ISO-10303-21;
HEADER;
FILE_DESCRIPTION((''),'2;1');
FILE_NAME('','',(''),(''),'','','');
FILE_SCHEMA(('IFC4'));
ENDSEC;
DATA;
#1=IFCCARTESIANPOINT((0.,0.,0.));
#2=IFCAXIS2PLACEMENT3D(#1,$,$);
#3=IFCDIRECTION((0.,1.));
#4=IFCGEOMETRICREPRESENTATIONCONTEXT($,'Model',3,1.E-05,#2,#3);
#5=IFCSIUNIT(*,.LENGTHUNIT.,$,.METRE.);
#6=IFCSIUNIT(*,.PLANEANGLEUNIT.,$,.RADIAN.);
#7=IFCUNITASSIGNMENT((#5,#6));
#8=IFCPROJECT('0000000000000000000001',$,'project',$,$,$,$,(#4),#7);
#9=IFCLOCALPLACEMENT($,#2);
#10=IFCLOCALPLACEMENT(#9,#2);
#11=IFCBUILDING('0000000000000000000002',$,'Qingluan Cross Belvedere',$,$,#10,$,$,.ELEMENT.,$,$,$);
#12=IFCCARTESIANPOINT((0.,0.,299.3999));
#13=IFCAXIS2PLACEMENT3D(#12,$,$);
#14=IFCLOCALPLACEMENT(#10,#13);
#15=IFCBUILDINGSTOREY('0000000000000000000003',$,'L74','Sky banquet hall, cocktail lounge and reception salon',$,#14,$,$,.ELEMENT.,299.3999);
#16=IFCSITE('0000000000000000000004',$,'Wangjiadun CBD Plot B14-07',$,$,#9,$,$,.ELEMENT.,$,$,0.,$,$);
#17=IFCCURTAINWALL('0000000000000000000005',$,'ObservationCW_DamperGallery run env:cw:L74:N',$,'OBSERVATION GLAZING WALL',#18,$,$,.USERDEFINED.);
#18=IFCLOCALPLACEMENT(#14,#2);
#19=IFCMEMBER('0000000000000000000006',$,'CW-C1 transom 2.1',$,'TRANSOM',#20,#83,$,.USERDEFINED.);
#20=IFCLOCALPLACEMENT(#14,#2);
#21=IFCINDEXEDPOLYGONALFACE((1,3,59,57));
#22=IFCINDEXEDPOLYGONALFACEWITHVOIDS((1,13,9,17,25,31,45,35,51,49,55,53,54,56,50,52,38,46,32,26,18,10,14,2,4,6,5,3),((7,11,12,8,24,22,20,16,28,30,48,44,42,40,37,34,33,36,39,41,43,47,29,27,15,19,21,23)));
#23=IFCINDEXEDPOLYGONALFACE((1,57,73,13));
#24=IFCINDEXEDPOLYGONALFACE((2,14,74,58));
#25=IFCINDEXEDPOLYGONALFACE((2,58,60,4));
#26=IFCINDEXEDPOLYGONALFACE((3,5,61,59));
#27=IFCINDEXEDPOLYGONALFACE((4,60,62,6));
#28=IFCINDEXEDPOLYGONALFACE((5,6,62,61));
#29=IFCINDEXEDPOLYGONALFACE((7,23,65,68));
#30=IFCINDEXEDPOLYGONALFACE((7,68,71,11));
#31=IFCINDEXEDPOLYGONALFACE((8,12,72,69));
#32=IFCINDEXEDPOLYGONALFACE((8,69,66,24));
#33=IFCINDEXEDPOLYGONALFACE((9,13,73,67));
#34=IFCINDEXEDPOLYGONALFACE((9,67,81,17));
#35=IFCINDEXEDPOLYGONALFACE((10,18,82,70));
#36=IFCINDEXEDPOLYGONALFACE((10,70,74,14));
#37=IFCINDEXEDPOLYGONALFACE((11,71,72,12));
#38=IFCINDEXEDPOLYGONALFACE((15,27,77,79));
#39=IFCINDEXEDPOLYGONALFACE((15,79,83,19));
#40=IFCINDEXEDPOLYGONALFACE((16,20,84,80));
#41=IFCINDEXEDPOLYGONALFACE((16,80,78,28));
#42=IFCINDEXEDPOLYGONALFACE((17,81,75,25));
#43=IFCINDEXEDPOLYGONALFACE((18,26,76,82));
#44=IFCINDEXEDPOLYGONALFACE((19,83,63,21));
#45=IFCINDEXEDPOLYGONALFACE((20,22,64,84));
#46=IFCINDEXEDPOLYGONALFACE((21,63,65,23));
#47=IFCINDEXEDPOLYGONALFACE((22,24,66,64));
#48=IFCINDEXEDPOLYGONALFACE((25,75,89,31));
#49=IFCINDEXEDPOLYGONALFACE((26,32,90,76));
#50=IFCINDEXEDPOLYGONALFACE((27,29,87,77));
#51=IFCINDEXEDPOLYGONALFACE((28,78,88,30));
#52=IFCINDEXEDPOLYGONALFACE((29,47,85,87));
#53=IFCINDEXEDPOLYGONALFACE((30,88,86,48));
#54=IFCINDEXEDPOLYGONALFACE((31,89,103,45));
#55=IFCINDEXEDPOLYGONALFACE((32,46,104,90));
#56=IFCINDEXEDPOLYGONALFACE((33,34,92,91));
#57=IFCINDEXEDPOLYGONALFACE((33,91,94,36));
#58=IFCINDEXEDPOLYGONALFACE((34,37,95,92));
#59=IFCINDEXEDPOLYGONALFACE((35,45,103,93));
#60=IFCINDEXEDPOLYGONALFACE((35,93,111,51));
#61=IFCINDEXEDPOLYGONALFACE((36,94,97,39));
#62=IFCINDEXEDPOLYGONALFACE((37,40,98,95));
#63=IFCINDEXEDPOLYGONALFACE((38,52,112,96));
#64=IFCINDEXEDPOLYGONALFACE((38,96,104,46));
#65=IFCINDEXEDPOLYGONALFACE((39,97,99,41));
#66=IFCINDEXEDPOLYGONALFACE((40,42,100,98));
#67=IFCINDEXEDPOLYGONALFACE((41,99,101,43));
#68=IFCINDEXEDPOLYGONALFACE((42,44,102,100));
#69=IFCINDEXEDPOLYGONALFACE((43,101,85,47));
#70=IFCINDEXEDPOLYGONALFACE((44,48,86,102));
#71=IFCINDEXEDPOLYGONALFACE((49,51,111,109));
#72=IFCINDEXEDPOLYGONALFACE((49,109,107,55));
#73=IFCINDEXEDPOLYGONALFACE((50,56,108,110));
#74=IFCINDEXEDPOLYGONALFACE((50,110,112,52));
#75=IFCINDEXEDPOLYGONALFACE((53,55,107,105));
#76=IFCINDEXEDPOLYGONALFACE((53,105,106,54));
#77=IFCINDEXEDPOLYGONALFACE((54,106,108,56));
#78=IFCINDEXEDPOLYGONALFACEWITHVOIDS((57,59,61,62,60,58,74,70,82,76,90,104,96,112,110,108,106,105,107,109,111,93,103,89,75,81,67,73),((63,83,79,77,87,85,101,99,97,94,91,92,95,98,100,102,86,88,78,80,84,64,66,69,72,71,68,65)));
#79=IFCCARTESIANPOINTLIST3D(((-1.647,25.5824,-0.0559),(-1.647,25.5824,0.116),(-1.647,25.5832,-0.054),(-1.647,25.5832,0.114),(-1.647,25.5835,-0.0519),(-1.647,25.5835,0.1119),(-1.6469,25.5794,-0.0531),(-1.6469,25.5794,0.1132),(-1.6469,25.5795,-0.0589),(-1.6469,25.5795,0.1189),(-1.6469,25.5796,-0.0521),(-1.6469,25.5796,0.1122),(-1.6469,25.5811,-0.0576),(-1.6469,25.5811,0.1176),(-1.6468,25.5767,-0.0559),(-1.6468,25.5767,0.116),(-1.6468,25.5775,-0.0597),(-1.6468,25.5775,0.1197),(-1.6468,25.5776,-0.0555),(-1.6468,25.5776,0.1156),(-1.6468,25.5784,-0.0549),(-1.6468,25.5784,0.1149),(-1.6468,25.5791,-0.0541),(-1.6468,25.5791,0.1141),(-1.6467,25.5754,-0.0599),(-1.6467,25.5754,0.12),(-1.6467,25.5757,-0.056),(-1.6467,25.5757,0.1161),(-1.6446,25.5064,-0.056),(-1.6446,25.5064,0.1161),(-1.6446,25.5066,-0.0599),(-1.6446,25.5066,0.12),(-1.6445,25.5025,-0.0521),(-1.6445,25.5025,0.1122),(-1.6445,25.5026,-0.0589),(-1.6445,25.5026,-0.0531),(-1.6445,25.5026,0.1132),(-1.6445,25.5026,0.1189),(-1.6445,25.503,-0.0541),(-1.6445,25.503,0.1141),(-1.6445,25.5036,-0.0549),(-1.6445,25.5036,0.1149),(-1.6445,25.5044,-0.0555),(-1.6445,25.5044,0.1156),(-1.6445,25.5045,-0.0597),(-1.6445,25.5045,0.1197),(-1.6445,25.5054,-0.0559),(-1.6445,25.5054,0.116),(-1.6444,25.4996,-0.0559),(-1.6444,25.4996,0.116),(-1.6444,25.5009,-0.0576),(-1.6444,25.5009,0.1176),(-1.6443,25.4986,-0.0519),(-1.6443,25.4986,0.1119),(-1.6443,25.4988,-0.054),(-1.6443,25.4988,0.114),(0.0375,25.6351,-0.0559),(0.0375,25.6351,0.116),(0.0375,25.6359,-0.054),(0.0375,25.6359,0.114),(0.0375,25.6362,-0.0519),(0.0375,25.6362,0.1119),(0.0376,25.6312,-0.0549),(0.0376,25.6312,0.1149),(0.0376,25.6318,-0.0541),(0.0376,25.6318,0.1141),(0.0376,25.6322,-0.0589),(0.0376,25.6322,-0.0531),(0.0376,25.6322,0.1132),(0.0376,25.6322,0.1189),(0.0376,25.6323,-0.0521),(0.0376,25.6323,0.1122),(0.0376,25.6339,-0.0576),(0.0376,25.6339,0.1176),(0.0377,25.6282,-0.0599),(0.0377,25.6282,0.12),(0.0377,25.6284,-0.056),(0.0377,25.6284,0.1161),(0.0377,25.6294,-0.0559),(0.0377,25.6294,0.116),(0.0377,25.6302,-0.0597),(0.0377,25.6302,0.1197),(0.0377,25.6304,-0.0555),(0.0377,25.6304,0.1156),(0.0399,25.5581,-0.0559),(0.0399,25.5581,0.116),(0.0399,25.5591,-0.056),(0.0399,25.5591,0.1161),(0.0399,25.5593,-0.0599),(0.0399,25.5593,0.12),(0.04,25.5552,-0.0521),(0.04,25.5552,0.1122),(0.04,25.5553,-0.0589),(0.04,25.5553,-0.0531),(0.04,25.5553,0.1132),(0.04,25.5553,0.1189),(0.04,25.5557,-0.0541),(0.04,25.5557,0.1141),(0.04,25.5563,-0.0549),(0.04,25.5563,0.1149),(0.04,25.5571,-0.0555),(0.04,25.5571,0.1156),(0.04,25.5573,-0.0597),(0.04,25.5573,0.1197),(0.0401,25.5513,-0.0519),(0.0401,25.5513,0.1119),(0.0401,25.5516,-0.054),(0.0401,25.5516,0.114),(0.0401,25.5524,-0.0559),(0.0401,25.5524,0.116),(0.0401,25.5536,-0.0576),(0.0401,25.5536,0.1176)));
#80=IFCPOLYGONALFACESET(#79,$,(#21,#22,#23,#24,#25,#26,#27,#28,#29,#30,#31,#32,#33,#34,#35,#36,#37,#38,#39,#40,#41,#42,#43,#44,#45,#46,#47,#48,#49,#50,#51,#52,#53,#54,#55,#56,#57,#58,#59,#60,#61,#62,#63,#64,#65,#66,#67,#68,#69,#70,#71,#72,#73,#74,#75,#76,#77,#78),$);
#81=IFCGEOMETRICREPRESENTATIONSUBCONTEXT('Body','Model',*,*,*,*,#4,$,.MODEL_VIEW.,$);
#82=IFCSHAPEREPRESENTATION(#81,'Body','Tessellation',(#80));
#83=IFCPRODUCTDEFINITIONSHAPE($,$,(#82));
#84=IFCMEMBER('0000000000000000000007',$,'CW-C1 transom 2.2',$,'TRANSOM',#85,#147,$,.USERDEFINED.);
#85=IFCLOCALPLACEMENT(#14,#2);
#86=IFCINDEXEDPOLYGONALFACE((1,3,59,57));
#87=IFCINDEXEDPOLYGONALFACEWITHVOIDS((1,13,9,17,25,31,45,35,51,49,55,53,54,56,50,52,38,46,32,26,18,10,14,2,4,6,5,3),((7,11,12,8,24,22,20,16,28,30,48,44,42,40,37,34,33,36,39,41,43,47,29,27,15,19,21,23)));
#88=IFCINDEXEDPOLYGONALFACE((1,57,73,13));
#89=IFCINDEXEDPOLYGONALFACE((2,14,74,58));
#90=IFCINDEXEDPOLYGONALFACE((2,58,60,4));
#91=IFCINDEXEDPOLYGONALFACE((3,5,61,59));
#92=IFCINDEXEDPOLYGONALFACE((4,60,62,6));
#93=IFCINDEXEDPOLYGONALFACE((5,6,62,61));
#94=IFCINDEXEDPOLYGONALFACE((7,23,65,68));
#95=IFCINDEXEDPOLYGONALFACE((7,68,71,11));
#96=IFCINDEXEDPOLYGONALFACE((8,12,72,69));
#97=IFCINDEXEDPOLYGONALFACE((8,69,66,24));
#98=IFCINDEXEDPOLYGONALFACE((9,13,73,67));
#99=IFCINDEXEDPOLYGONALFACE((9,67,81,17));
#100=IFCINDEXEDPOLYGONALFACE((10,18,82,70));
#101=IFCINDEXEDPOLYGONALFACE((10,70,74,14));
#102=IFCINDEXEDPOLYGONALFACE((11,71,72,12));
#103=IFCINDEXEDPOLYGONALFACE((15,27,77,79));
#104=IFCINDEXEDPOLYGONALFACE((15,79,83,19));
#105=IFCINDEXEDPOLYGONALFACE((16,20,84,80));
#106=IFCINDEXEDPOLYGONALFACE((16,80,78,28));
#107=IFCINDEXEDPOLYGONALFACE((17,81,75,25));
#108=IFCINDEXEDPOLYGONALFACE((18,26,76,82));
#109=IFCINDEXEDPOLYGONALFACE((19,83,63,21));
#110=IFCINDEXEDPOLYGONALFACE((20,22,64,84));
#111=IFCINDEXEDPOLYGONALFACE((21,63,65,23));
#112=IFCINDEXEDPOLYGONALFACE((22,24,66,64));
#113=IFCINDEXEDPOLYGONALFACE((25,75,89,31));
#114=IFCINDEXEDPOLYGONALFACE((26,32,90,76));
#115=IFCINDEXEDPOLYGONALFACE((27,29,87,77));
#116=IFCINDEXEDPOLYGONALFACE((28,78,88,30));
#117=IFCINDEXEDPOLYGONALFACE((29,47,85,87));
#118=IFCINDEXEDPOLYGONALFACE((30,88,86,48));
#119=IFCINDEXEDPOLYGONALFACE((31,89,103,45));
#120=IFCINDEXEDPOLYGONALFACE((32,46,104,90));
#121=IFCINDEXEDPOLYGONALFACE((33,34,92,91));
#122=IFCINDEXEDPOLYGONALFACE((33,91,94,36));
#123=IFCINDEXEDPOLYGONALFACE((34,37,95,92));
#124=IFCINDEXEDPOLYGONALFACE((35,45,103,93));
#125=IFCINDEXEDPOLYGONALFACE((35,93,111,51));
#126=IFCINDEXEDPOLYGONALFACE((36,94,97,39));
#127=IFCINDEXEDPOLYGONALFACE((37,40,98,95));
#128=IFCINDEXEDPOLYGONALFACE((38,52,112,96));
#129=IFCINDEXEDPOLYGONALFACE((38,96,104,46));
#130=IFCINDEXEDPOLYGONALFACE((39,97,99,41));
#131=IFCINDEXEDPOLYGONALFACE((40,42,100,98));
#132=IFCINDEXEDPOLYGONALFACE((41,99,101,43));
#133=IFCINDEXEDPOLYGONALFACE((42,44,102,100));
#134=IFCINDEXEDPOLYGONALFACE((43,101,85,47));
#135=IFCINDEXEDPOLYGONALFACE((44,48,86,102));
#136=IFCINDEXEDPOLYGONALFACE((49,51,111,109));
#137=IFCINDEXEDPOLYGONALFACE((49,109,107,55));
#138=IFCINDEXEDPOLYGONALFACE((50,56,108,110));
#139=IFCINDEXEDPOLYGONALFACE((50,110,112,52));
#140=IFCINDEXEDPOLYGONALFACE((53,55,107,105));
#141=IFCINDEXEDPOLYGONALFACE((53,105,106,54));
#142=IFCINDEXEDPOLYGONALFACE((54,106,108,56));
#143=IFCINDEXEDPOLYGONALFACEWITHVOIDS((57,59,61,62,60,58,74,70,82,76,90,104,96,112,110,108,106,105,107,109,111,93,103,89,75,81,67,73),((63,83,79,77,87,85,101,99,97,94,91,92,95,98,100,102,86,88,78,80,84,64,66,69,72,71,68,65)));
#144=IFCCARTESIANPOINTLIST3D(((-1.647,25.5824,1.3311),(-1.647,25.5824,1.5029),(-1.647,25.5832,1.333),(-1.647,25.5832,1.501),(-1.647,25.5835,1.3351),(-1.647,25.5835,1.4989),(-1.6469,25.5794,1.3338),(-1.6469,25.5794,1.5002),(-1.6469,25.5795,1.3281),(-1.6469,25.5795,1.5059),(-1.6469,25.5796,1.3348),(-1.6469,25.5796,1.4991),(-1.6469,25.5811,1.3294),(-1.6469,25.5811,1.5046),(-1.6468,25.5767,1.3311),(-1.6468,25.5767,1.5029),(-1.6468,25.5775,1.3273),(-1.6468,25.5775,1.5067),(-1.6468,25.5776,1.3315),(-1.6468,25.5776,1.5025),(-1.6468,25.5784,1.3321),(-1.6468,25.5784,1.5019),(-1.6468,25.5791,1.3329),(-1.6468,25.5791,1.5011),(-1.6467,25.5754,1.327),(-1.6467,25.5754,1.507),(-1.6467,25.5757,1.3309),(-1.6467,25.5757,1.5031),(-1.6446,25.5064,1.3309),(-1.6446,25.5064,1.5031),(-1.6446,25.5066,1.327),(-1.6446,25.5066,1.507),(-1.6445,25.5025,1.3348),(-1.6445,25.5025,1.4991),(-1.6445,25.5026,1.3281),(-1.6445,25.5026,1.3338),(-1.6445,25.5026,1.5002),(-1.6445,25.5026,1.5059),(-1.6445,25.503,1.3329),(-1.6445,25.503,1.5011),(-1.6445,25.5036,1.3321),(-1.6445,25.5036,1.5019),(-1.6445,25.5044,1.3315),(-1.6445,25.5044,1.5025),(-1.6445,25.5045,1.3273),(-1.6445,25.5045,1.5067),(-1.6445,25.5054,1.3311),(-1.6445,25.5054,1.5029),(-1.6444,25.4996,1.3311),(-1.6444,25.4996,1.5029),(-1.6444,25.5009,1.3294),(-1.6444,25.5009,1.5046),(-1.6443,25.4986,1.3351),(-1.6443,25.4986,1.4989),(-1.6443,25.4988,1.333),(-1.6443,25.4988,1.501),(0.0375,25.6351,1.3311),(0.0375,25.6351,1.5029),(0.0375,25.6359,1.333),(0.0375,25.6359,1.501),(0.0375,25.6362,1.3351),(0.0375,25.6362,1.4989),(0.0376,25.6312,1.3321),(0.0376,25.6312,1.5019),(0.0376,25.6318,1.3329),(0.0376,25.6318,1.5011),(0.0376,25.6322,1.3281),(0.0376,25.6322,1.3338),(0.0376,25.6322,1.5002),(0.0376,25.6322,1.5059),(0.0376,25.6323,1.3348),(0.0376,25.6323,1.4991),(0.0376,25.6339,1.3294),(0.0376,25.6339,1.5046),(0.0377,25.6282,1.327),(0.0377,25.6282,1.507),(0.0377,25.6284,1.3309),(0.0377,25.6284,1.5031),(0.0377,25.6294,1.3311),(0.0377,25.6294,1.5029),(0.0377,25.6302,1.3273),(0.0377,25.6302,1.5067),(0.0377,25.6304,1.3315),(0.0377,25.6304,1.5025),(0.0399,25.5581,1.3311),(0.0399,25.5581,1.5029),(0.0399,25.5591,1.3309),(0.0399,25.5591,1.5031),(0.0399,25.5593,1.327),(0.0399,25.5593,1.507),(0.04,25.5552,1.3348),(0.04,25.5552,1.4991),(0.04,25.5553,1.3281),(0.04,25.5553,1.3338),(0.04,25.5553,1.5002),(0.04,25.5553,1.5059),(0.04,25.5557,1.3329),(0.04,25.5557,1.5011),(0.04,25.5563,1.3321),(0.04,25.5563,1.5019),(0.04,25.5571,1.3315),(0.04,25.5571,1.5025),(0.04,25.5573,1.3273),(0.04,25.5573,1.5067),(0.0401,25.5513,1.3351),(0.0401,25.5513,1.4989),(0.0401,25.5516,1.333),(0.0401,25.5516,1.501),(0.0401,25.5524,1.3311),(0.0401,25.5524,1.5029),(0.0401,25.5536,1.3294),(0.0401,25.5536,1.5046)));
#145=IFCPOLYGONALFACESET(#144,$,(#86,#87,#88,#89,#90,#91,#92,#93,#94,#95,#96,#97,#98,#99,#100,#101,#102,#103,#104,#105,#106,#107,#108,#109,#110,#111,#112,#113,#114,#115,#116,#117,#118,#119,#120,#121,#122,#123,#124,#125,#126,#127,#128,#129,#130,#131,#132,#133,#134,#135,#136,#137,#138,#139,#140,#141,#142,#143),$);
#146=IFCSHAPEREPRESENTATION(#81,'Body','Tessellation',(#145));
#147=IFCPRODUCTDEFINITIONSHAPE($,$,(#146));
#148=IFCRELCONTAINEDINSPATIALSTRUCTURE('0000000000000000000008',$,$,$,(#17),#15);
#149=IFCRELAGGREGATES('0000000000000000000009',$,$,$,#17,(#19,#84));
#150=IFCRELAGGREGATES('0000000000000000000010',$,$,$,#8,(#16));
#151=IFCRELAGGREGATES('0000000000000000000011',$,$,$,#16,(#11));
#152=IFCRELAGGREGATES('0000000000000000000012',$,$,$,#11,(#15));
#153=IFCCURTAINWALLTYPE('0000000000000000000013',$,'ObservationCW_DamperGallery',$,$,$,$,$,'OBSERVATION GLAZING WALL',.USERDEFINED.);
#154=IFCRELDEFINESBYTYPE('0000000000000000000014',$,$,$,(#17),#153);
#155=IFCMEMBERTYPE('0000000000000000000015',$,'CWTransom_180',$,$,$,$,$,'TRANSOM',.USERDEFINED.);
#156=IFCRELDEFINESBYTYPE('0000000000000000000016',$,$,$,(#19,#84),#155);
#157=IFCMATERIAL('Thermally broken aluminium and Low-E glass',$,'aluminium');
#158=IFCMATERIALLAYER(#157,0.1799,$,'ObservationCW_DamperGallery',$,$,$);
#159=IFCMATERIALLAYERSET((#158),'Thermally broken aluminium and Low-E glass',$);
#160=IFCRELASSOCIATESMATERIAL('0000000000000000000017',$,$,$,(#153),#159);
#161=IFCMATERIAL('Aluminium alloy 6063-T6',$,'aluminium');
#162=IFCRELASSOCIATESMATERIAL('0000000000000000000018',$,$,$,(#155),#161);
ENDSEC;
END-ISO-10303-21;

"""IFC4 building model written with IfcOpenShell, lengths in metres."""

from ifc_helpers import new_model, si_unit, direction, frame, origin, origin_2d, place, context, subcontext, project, spatial, hollow_rectangle, extrude, material, layer, layer_set, material_profile, profile_set, type_object, element, aggregate, save


model = new_model("IFC4")

# Units and contexts
model_context = context("Model", 3, precision=1e-05, world=origin(), true_north=direction((0.0, 1.0)))
body_context = subcontext(model_context, "Body", "Model", "MODEL_VIEW")
ifc_project = project(units=[si_unit("LENGTHUNIT", "METRE"), si_unit("PLANEANGLEUNIT", "RADIAN")], contexts=[model_context])

# Site, building, storey
site_placement = place(None, origin())
site = spatial("IfcSite", under=ifc_project, at=site_placement, Name="Wangjiadun CBD Plot B14-07", CompositionType="ELEMENT", RefElevation=0.0)
building_placement = place(site_placement, origin())
building = spatial("IfcBuilding", under=site, at=building_placement, Name="Qingluan Cross Belvedere", CompositionType="ELEMENT")
storey_placement = place(building_placement, frame((0.0, 0.0, 299.3999)))
storey = spatial("IfcBuildingStorey", under=building, at=storey_placement, Name="L74", Description="Sky banquet hall, cocktail lounge and reception salon", CompositionType="ELEMENT", Elevation=299.3999)

# Curtain wall, members
ifc_material_1 = material(Name="Thermally broken aluminium and Low-E glass", Category="aluminium")
ifc_layer_1 = layer(ifc_material_1, 0.1799, Name="ObservationCW_DamperGallery")
ifc_layer_set_1 = layer_set([ifc_layer_1], Name="Thermally broken aluminium and Low-E glass")
curtain_wall_type = type_object("IfcCurtainWallType", Name="ObservationCW_DamperGallery", ElementType="OBSERVATION GLAZING WALL", PredefinedType="USERDEFINED", material=ifc_layer_set_1)
curtain_wall_placement = place(storey_placement, origin())
curtain_wall = element("IfcCurtainWall", 1, at=curtain_wall_placement, inside=storey, type_object=curtain_wall_type, Name="ObservationCW_DamperGallery run env:cw:L74:N", ObjectType="OBSERVATION GLAZING WALL", PredefinedType="USERDEFINED")
ifc_material_2 = material(Name="Aluminium alloy 6063-T6", Category="aluminium")
ifc_material_profile_1 = material_profile(ifc_material_2, hollow_rectangle(XDim=0.085, YDim=0.1799, WallThickness=0.0039, InnerFilletRadius=0.0039, OuterFilletRadius=0.0081, at=origin_2d()), Name="CWT180x85x4")
ifc_profile_set_1 = profile_set([ifc_material_profile_1], Name="Aluminium alloy 6063-T6")
member_type_1 = type_object("IfcMemberType", Name="CWTransom_180", ElementType="TRANSOM", PredefinedType="USERDEFINED", material=ifc_profile_set_1)
member_1_placement = place(storey_placement, frame((0.0388, 25.5938, 0.03), z_axis=(-0.99951, -0.031289, 0.0), x_axis=(0.031289, -0.99951, 0.0)))
member_1 = element("IfcMember", 2, at=member_1_placement, type_object=member_type_1, Name="CW-C1 transom 2.1", ObjectType="TRANSOM", PredefinedType="USERDEFINED", context=body_context, shape_type="SweptSolid", body=[
    extrude(hollow_rectangle(XDim=0.085, YDim=0.1799, WallThickness=0.0039, InnerFilletRadius=0.0039, OuterFilletRadius=0.0081, at=origin_2d()), origin(), (0.0, 0.0, 1.0), 1.6853),
])
member_2_placement = place(storey_placement, frame((0.0388, 25.5938, 1.417), z_axis=(-0.99951, -0.031289, 0.0), x_axis=(0.031289, -0.99951, 0.0)))
member_2 = element("IfcMember", 3, at=member_2_placement, type_object=member_type_1, Name="CW-C1 transom 2.2", ObjectType="TRANSOM", PredefinedType="USERDEFINED", context=body_context, shape_type="SweptSolid", body=[
    extrude(hollow_rectangle(XDim=0.085, YDim=0.1799, WallThickness=0.0039, InnerFilletRadius=0.0039, OuterFilletRadius=0.0081, at=origin_2d()), origin(), (0.0, 0.0, 1.0), 1.6853),
])
aggregate(curtain_wall, [member_1, member_2])

save(model, "model.ifc")
